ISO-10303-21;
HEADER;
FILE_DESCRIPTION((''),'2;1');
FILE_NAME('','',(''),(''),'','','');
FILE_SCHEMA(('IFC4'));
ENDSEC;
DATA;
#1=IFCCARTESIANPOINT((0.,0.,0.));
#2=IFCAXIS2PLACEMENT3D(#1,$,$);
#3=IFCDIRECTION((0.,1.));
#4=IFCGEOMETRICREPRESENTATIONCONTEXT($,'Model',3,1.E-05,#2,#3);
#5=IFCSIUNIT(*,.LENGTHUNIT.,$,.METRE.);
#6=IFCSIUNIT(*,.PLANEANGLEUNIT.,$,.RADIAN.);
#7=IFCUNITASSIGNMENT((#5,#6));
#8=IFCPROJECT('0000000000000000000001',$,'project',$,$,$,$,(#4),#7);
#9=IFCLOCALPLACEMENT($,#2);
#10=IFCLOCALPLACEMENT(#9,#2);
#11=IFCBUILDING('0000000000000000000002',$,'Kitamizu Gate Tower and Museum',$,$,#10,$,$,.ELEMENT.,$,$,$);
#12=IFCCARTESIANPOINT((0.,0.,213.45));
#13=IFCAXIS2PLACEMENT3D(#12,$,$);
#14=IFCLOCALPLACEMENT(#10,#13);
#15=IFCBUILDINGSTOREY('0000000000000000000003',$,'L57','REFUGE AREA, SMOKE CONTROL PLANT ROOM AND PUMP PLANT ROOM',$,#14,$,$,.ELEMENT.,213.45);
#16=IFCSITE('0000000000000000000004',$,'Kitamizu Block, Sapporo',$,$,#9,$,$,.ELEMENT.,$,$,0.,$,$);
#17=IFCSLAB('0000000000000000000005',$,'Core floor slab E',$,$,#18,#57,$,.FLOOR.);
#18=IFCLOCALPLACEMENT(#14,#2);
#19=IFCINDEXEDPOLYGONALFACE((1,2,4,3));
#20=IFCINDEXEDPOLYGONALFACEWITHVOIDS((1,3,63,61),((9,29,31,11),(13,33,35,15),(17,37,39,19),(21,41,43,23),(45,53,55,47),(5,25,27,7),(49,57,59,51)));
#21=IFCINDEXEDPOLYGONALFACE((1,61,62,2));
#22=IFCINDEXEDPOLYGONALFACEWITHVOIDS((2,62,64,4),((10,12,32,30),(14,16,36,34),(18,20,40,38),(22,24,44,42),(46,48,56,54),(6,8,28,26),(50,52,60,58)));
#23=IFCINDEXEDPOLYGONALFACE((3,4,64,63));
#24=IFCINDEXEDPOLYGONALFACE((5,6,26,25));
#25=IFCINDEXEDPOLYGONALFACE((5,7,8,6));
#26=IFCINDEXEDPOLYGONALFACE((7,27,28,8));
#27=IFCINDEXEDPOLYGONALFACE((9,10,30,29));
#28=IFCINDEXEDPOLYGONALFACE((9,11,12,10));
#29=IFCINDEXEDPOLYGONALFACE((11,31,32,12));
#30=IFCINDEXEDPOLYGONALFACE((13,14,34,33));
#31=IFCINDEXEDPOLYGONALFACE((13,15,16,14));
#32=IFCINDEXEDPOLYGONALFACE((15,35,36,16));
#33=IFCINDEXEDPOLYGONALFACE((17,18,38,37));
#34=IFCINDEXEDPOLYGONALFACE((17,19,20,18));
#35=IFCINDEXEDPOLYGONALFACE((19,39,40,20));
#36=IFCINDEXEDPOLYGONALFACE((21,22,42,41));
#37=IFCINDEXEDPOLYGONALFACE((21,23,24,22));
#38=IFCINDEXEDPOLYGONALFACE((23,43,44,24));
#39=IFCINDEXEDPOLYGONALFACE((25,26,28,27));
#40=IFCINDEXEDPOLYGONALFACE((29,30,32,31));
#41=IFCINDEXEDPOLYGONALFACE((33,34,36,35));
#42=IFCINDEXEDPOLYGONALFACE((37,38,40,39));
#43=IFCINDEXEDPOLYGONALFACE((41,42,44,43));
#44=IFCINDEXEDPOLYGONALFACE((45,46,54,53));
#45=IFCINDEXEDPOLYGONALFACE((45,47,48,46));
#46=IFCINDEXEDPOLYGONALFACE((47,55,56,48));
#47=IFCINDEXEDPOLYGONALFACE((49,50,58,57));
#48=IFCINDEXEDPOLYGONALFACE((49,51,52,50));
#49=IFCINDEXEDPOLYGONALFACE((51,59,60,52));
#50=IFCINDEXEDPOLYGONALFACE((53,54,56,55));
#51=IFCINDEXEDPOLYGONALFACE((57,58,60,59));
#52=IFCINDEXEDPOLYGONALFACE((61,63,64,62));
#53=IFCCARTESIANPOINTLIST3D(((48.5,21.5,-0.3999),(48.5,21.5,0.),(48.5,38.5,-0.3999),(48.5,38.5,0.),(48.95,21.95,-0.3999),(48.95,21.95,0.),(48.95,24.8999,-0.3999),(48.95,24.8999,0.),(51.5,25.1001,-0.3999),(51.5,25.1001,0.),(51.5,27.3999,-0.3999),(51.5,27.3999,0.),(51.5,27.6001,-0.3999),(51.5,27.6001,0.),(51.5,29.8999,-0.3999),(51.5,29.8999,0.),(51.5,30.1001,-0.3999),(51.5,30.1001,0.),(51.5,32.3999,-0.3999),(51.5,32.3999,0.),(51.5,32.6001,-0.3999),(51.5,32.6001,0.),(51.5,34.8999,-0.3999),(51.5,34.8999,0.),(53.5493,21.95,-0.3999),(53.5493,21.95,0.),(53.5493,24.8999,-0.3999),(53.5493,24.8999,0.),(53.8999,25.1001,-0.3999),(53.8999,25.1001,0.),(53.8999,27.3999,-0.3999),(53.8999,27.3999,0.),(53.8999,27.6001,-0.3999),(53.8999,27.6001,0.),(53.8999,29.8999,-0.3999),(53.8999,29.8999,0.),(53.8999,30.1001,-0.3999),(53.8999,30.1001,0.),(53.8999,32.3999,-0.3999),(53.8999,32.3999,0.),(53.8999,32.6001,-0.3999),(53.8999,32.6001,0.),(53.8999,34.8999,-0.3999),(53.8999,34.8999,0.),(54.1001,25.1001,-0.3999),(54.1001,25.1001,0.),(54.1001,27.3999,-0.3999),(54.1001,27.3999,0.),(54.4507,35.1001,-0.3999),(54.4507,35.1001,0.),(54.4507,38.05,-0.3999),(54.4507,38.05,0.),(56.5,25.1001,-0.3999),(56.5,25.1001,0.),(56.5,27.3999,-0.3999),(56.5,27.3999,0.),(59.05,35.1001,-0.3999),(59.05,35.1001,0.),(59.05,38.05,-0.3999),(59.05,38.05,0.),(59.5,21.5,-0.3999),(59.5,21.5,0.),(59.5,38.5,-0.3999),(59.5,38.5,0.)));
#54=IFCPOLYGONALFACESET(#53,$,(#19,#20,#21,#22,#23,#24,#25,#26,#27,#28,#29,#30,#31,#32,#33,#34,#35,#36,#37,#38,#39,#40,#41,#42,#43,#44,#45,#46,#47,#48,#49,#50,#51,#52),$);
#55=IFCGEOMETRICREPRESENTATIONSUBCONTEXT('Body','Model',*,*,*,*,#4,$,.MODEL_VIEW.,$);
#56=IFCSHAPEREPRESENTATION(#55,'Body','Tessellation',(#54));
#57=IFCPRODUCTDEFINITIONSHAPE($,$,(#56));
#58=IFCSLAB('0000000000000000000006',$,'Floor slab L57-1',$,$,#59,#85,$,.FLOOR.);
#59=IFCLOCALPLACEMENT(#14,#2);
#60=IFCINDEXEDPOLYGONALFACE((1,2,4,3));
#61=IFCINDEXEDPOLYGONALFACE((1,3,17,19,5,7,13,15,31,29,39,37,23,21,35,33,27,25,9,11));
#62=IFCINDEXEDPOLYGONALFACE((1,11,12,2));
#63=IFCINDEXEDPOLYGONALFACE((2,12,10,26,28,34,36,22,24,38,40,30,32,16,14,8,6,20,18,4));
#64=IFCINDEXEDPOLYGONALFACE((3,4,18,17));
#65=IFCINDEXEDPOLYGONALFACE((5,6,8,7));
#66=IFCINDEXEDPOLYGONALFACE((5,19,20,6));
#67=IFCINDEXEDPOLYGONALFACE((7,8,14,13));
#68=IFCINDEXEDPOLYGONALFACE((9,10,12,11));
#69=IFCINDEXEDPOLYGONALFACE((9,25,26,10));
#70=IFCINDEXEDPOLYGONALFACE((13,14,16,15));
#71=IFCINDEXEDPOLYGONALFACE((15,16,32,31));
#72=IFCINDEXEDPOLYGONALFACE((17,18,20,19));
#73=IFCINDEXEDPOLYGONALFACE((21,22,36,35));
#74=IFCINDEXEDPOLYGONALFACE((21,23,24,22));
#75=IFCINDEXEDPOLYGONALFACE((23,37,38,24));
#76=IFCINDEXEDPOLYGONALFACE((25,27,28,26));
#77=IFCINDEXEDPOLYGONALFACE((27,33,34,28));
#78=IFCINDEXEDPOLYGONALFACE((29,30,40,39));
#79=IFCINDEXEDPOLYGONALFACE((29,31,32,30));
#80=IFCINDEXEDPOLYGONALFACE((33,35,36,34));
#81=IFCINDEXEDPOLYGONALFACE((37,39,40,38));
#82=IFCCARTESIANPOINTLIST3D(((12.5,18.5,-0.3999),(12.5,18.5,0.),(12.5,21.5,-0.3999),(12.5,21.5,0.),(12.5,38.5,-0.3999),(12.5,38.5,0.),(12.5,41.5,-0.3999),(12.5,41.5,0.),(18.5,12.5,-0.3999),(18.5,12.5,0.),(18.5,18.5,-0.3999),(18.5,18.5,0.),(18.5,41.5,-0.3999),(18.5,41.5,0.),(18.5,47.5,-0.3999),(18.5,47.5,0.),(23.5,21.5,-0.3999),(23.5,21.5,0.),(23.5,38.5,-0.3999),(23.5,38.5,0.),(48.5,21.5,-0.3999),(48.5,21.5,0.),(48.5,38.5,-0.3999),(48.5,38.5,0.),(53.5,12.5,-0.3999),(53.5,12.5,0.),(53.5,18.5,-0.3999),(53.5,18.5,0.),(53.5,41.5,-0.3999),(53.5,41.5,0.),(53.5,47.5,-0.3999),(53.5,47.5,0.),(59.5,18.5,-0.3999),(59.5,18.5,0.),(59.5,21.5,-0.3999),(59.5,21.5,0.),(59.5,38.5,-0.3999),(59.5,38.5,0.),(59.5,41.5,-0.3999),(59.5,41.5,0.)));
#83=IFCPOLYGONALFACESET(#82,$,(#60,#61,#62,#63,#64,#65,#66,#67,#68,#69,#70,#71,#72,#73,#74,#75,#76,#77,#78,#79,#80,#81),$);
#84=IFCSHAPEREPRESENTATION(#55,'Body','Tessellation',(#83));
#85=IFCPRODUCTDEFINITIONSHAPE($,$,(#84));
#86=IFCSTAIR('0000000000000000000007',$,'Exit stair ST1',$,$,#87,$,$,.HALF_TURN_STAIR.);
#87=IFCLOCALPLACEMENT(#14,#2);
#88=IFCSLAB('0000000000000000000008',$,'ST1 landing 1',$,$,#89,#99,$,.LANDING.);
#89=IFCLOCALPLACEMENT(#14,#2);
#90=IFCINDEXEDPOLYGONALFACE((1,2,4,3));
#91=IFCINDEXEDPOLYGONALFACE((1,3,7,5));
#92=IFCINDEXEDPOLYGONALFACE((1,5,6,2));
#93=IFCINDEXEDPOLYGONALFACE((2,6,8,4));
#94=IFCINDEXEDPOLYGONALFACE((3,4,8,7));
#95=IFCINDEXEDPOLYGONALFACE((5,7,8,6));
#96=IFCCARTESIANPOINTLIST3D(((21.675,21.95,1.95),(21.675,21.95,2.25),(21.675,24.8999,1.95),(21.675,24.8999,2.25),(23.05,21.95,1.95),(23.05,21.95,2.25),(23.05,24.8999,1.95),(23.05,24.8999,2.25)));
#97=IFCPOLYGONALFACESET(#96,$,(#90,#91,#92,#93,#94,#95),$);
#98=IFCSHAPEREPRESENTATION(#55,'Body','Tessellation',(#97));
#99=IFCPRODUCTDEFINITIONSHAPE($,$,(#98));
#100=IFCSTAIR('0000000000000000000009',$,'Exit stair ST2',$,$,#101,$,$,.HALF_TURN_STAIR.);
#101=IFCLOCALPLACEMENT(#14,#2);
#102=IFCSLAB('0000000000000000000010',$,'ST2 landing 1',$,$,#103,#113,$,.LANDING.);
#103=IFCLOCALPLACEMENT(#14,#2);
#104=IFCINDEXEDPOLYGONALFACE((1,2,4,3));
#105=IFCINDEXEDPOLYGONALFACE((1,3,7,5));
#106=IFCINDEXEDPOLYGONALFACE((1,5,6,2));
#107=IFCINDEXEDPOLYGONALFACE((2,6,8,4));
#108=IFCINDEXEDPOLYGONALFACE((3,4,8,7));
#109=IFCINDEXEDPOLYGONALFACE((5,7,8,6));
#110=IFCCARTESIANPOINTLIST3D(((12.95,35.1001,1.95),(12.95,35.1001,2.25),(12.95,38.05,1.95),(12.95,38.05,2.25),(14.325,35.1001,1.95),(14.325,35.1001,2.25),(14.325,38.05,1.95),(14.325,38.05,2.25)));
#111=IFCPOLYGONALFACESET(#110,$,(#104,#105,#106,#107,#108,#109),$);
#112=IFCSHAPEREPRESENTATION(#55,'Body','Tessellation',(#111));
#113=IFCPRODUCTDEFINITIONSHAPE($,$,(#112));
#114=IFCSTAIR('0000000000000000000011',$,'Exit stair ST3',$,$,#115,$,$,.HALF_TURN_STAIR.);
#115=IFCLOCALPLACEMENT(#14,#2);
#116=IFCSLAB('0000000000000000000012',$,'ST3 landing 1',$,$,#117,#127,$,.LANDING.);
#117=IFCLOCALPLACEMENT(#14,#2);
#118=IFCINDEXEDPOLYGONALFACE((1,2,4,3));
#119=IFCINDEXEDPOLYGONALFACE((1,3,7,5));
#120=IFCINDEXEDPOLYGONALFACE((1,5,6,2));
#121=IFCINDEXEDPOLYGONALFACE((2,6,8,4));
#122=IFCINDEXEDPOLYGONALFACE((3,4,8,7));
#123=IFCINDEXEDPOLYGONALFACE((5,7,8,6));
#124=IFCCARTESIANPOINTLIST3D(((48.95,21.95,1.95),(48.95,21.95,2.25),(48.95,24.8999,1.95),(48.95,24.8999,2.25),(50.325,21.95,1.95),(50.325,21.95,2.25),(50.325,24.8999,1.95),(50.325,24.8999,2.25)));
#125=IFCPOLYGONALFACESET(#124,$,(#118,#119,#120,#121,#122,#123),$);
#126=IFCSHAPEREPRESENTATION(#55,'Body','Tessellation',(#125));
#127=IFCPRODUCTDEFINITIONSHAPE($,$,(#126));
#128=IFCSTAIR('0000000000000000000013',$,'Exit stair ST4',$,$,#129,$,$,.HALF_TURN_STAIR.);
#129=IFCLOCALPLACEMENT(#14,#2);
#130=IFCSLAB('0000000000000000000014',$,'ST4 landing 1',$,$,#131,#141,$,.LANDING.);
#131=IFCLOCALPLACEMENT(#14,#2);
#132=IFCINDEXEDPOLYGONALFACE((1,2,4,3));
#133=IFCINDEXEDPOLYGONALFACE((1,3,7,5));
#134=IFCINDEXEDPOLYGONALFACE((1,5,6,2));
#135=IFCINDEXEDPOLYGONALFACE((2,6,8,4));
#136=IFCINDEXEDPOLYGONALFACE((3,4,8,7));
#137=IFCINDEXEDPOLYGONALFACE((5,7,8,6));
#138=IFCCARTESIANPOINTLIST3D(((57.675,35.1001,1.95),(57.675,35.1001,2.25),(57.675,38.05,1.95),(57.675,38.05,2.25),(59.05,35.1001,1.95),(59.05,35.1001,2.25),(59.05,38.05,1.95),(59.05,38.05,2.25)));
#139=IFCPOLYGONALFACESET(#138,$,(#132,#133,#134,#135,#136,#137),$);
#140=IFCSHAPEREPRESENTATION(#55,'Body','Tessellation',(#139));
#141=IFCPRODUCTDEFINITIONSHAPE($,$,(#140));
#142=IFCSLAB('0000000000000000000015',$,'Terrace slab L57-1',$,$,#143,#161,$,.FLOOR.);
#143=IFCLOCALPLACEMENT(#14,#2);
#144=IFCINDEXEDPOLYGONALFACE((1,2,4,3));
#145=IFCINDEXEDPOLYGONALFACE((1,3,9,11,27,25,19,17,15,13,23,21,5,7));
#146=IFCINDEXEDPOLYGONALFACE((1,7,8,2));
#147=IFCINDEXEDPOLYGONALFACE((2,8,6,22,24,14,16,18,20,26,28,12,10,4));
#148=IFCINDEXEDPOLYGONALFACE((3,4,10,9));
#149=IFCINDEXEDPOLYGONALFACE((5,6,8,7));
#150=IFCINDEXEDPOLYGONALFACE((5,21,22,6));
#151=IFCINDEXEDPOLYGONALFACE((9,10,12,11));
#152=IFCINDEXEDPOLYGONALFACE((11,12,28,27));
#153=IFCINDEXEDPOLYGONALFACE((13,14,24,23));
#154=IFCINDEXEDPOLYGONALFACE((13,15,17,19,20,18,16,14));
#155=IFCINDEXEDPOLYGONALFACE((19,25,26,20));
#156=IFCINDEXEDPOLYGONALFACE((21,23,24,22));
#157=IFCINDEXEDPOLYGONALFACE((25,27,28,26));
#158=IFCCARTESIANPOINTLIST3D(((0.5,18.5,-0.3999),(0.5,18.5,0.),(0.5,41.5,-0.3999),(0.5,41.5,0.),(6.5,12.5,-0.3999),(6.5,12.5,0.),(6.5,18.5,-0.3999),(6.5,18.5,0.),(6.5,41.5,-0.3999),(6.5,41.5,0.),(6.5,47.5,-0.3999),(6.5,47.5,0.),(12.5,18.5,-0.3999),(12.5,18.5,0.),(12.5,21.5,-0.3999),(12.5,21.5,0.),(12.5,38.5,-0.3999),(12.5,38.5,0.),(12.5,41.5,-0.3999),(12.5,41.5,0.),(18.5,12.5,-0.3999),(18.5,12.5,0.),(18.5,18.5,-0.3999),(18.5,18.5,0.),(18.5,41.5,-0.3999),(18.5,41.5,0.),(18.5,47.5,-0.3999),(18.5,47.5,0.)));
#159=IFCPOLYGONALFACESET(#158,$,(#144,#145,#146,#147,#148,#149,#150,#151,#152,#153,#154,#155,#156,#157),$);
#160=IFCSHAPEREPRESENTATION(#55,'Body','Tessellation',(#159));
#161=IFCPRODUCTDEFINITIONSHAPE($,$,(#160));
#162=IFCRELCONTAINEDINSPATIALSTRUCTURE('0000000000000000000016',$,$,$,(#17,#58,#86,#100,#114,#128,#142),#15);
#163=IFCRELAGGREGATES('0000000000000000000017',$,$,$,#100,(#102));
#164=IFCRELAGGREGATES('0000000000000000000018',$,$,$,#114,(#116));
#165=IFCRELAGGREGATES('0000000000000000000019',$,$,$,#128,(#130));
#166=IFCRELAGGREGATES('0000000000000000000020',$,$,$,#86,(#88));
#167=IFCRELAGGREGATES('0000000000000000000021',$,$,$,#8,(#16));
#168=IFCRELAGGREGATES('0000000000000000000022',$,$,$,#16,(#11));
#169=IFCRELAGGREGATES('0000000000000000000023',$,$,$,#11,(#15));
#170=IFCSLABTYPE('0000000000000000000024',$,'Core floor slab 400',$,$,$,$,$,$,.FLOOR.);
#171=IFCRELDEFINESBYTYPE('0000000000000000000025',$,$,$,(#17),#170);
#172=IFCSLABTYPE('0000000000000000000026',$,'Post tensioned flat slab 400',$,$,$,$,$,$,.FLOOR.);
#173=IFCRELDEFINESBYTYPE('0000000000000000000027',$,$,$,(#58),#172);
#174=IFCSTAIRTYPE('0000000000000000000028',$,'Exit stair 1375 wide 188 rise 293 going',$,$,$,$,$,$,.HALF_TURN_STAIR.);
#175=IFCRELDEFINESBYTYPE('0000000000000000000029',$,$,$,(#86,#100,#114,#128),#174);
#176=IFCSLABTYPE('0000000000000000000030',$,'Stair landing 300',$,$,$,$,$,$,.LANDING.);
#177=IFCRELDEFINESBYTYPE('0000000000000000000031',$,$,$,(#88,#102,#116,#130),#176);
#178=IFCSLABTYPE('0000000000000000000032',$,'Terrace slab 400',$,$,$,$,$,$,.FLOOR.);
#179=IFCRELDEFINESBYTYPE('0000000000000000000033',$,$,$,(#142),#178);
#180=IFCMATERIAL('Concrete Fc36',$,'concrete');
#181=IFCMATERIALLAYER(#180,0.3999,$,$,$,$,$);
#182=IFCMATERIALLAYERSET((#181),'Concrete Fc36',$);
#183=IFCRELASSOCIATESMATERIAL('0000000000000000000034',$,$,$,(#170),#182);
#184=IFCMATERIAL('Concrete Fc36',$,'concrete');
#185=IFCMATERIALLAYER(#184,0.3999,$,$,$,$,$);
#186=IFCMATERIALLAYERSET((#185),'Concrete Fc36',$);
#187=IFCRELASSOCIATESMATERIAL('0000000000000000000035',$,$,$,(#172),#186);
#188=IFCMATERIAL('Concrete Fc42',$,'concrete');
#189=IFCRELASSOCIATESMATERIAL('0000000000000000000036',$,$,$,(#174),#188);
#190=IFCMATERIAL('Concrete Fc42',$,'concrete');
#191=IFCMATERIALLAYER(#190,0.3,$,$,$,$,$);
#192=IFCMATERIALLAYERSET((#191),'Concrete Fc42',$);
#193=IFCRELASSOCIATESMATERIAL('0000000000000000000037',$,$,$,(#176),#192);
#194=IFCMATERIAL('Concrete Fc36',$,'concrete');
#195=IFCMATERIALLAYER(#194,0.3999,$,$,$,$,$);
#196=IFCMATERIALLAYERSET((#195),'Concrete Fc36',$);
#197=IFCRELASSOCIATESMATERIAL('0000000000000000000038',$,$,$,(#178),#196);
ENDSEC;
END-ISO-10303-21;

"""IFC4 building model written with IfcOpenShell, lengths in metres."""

from ifc_helpers import new_model, si_unit, direction, frame, origin, place, context, subcontext, project, spatial, polyline, outline, extrude, material, layer, layer_set, type_object, element, aggregate, save


model = new_model("IFC4")

# Units and contexts
model_context = context("Model", 3, precision=1e-05, world=origin(), true_north=direction((0.0, 1.0)))
body_context = subcontext(model_context, "Body", "Model", "MODEL_VIEW")
ifc_project = project(units=[si_unit("LENGTHUNIT", "METRE"), si_unit("PLANEANGLEUNIT", "RADIAN")], contexts=[model_context])

# Site, building, storey
site_placement = place(None, origin())
site = spatial("IfcSite", under=ifc_project, at=site_placement, Name="Kitamizu Block, Sapporo", CompositionType="ELEMENT", RefElevation=0.0)
building_placement = place(site_placement, origin())
building = spatial("IfcBuilding", under=site, at=building_placement, Name="Kitamizu Gate Tower and Museum", CompositionType="ELEMENT")
storey_placement = place(building_placement, frame((0.0, 0.0, 213.45)))
storey = spatial("IfcBuildingStorey", under=building, at=storey_placement, Name="L57", Description="REFUGE AREA, SMOKE CONTROL PLANT ROOM AND PUMP PLANT ROOM", CompositionType="ELEMENT", Elevation=213.45)

# Slabs
ifc_material_1 = material(Name="Concrete Fc36", Category="concrete")
ifc_layer_1 = layer(ifc_material_1, 0.3999)
ifc_layer_set_1 = layer_set([ifc_layer_1], Name="Concrete Fc36")
slab_type_1 = type_object("IfcSlabType", Name="Core floor slab 400", PredefinedType="FLOOR", material=ifc_layer_set_1)
slab_1_placement = place(storey_placement, frame((0.0, 0.0, -0.3999)))
element("IfcSlab", 1, at=slab_1_placement, inside=storey, type_object=slab_type_1, Name="Core floor slab E", PredefinedType="FLOOR", context=body_context, shape_type="SweptSolid", body=[
    extrude(outline(polyline([(48.5, 21.5), (59.5, 21.5), (59.5, 38.5), (48.5, 38.5), (48.5, 21.5)]), holes=[polyline([(54.1001, 25.1001), (56.5, 25.1001), (56.5, 27.3999), (54.1001, 27.3999), (54.1001, 25.1001)]), polyline([(51.5, 25.1001), (53.8999, 25.1001), (53.8999, 27.3999), (51.5, 27.3999), (51.5, 25.1001)]), polyline([(51.5, 27.6001), (53.8999, 27.6001), (53.8999, 29.8999), (51.5, 29.8999), (51.5, 27.6001)]), polyline([(51.5, 30.1001), (53.8999, 30.1001), (53.8999, 32.3999), (51.5, 32.3999), (51.5, 30.1001)]), polyline([(51.5, 32.6001), (53.8999, 32.6001), (53.8999, 34.8999), (51.5, 34.8999), (51.5, 32.6001)]), polyline([(48.95, 21.95), (53.5493, 21.95), (53.5493, 24.8999), (48.95, 24.8999), (48.95, 21.95)]), polyline([(54.4507, 35.1001), (59.05, 35.1001), (59.05, 38.05), (54.4507, 38.05), (54.4507, 35.1001)])]), origin(), (0.0, 0.0, 1.0), 0.3999),
])
ifc_material_2 = material(Name="Concrete Fc36", Category="concrete")
ifc_layer_2 = layer(ifc_material_2, 0.3999)
ifc_layer_set_2 = layer_set([ifc_layer_2], Name="Concrete Fc36")
slab_type_2 = type_object("IfcSlabType", Name="Post tensioned flat slab 400", PredefinedType="FLOOR", material=ifc_layer_set_2)
slab_2_placement = place(storey_placement, frame((0.0, 0.0, -0.3999)))
element("IfcSlab", 2, at=slab_2_placement, inside=storey, type_object=slab_type_2, Name="Floor slab L57-1", PredefinedType="FLOOR", context=body_context, shape_type="SweptSolid", body=[
    extrude(outline(polyline([(53.5, 47.5), (53.5, 41.5), (59.5, 41.5), (59.5, 38.5), (48.5, 38.5), (48.5, 21.5), (59.5, 21.5), (59.5, 18.5), (53.5, 18.5), (53.5, 12.5), (18.5, 12.5), (18.5, 18.5), (12.5, 18.5), (12.5, 21.5), (23.5, 21.5), (23.5, 38.5), (12.5, 38.5), (12.5, 41.5), (18.5, 41.5), (18.5, 47.5), (53.5, 47.5)])), origin(), (0.0, 0.0, 1.0), 0.3999),
])

# Stairs, slabs
ifc_material_3 = material(Name="Concrete Fc42", Category="concrete")
stair_type = type_object("IfcStairType", Name="Exit stair 1375 wide 188 rise 293 going", PredefinedType="HALF_TURN_STAIR", material=ifc_material_3)
stair_1_placement = place(storey_placement, origin())
stair_1 = element("IfcStair", 3, at=stair_1_placement, inside=storey, type_object=stair_type, Name="Exit stair ST1", PredefinedType="HALF_TURN_STAIR")
ifc_material_4 = material(Name="Concrete Fc42", Category="concrete")
ifc_layer_3 = layer(ifc_material_4, 0.3)
ifc_layer_set_3 = layer_set([ifc_layer_3], Name="Concrete Fc42")
slab_type_3 = type_object("IfcSlabType", Name="Stair landing 300", PredefinedType="LANDING", material=ifc_layer_set_3)
slab_3_placement = place(storey_placement, frame((0.0, 0.0, 1.95)))
slab_3 = element("IfcSlab", 4, at=slab_3_placement, type_object=slab_type_3, Name="ST1 landing 1", PredefinedType="LANDING", context=body_context, shape_type="SweptSolid", body=[
    extrude(outline(polyline([(21.675, 21.95), (23.05, 21.95), (23.05, 24.8999), (21.675, 24.8999), (21.675, 21.95)])), origin(), (0.0, 0.0, 1.0), 0.3),
])
stair_2_placement = place(storey_placement, origin())
stair_2 = element("IfcStair", 5, at=stair_2_placement, inside=storey, type_object=stair_type, Name="Exit stair ST2", PredefinedType="HALF_TURN_STAIR")
slab_4_placement = place(storey_placement, frame((0.0, 0.0, 1.95)))
slab_4 = element("IfcSlab", 6, at=slab_4_placement, type_object=slab_type_3, Name="ST2 landing 1", PredefinedType="LANDING", context=body_context, shape_type="SweptSolid", body=[
    extrude(outline(polyline([(12.95, 35.1001), (14.325, 35.1001), (14.325, 38.05), (12.95, 38.05), (12.95, 35.1001)])), origin(), (0.0, 0.0, 1.0), 0.3),
])
aggregate(stair_2, [slab_4])
stair_3_placement = place(storey_placement, origin())
stair_3 = element("IfcStair", 7, at=stair_3_placement, inside=storey, type_object=stair_type, Name="Exit stair ST3", PredefinedType="HALF_TURN_STAIR")
slab_5_placement = place(storey_placement, frame((0.0, 0.0, 1.95)))
slab_5 = element("IfcSlab", 8, at=slab_5_placement, type_object=slab_type_3, Name="ST3 landing 1", PredefinedType="LANDING", context=body_context, shape_type="SweptSolid", body=[
    extrude(outline(polyline([(48.95, 21.95), (50.325, 21.95), (50.325, 24.8999), (48.95, 24.8999), (48.95, 21.95)])), origin(), (0.0, 0.0, 1.0), 0.3),
])
aggregate(stair_3, [slab_5])
stair_4_placement = place(storey_placement, origin())
stair_4 = element("IfcStair", 9, at=stair_4_placement, inside=storey, type_object=stair_type, Name="Exit stair ST4", PredefinedType="HALF_TURN_STAIR")
slab_6_placement = place(storey_placement, frame((0.0, 0.0, 1.95)))
slab_6 = element("IfcSlab", 10, at=slab_6_placement, type_object=slab_type_3, Name="ST4 landing 1", PredefinedType="LANDING", context=body_context, shape_type="SweptSolid", body=[
    extrude(outline(polyline([(57.675, 35.1001), (59.05, 35.1001), (59.05, 38.05), (57.675, 38.05), (57.675, 35.1001)])), origin(), (0.0, 0.0, 1.0), 0.3),
])
aggregate(stair_4, [slab_6])

# Slab
ifc_material_5 = material(Name="Concrete Fc36", Category="concrete")
ifc_layer_4 = layer(ifc_material_5, 0.3999)
ifc_layer_set_4 = layer_set([ifc_layer_4], Name="Concrete Fc36")
slab_type_4 = type_object("IfcSlabType", Name="Terrace slab 400", PredefinedType="FLOOR", material=ifc_layer_set_4)
slab_7_placement = place(storey_placement, frame((0.0, 0.0, -0.3999)))
element("IfcSlab", 11, at=slab_7_placement, inside=storey, type_object=slab_type_4, Name="Terrace slab L57-1", PredefinedType="FLOOR", context=body_context, shape_type="SweptSolid", body=[
    extrude(outline(polyline([(0.5, 41.5), (6.5, 41.5), (6.5, 47.5), (18.5, 47.5), (18.5, 41.5), (12.5, 41.5), (12.5, 38.5), (12.5, 21.5), (12.5, 18.5), (18.5, 18.5), (18.5, 12.5), (6.5, 12.5), (6.5, 18.5), (0.5, 18.5), (0.5, 41.5)])), origin(), (0.0, 0.0, 1.0), 0.3999),
])

aggregate(stair_1, [slab_3])

save(model, "model.ifc")
